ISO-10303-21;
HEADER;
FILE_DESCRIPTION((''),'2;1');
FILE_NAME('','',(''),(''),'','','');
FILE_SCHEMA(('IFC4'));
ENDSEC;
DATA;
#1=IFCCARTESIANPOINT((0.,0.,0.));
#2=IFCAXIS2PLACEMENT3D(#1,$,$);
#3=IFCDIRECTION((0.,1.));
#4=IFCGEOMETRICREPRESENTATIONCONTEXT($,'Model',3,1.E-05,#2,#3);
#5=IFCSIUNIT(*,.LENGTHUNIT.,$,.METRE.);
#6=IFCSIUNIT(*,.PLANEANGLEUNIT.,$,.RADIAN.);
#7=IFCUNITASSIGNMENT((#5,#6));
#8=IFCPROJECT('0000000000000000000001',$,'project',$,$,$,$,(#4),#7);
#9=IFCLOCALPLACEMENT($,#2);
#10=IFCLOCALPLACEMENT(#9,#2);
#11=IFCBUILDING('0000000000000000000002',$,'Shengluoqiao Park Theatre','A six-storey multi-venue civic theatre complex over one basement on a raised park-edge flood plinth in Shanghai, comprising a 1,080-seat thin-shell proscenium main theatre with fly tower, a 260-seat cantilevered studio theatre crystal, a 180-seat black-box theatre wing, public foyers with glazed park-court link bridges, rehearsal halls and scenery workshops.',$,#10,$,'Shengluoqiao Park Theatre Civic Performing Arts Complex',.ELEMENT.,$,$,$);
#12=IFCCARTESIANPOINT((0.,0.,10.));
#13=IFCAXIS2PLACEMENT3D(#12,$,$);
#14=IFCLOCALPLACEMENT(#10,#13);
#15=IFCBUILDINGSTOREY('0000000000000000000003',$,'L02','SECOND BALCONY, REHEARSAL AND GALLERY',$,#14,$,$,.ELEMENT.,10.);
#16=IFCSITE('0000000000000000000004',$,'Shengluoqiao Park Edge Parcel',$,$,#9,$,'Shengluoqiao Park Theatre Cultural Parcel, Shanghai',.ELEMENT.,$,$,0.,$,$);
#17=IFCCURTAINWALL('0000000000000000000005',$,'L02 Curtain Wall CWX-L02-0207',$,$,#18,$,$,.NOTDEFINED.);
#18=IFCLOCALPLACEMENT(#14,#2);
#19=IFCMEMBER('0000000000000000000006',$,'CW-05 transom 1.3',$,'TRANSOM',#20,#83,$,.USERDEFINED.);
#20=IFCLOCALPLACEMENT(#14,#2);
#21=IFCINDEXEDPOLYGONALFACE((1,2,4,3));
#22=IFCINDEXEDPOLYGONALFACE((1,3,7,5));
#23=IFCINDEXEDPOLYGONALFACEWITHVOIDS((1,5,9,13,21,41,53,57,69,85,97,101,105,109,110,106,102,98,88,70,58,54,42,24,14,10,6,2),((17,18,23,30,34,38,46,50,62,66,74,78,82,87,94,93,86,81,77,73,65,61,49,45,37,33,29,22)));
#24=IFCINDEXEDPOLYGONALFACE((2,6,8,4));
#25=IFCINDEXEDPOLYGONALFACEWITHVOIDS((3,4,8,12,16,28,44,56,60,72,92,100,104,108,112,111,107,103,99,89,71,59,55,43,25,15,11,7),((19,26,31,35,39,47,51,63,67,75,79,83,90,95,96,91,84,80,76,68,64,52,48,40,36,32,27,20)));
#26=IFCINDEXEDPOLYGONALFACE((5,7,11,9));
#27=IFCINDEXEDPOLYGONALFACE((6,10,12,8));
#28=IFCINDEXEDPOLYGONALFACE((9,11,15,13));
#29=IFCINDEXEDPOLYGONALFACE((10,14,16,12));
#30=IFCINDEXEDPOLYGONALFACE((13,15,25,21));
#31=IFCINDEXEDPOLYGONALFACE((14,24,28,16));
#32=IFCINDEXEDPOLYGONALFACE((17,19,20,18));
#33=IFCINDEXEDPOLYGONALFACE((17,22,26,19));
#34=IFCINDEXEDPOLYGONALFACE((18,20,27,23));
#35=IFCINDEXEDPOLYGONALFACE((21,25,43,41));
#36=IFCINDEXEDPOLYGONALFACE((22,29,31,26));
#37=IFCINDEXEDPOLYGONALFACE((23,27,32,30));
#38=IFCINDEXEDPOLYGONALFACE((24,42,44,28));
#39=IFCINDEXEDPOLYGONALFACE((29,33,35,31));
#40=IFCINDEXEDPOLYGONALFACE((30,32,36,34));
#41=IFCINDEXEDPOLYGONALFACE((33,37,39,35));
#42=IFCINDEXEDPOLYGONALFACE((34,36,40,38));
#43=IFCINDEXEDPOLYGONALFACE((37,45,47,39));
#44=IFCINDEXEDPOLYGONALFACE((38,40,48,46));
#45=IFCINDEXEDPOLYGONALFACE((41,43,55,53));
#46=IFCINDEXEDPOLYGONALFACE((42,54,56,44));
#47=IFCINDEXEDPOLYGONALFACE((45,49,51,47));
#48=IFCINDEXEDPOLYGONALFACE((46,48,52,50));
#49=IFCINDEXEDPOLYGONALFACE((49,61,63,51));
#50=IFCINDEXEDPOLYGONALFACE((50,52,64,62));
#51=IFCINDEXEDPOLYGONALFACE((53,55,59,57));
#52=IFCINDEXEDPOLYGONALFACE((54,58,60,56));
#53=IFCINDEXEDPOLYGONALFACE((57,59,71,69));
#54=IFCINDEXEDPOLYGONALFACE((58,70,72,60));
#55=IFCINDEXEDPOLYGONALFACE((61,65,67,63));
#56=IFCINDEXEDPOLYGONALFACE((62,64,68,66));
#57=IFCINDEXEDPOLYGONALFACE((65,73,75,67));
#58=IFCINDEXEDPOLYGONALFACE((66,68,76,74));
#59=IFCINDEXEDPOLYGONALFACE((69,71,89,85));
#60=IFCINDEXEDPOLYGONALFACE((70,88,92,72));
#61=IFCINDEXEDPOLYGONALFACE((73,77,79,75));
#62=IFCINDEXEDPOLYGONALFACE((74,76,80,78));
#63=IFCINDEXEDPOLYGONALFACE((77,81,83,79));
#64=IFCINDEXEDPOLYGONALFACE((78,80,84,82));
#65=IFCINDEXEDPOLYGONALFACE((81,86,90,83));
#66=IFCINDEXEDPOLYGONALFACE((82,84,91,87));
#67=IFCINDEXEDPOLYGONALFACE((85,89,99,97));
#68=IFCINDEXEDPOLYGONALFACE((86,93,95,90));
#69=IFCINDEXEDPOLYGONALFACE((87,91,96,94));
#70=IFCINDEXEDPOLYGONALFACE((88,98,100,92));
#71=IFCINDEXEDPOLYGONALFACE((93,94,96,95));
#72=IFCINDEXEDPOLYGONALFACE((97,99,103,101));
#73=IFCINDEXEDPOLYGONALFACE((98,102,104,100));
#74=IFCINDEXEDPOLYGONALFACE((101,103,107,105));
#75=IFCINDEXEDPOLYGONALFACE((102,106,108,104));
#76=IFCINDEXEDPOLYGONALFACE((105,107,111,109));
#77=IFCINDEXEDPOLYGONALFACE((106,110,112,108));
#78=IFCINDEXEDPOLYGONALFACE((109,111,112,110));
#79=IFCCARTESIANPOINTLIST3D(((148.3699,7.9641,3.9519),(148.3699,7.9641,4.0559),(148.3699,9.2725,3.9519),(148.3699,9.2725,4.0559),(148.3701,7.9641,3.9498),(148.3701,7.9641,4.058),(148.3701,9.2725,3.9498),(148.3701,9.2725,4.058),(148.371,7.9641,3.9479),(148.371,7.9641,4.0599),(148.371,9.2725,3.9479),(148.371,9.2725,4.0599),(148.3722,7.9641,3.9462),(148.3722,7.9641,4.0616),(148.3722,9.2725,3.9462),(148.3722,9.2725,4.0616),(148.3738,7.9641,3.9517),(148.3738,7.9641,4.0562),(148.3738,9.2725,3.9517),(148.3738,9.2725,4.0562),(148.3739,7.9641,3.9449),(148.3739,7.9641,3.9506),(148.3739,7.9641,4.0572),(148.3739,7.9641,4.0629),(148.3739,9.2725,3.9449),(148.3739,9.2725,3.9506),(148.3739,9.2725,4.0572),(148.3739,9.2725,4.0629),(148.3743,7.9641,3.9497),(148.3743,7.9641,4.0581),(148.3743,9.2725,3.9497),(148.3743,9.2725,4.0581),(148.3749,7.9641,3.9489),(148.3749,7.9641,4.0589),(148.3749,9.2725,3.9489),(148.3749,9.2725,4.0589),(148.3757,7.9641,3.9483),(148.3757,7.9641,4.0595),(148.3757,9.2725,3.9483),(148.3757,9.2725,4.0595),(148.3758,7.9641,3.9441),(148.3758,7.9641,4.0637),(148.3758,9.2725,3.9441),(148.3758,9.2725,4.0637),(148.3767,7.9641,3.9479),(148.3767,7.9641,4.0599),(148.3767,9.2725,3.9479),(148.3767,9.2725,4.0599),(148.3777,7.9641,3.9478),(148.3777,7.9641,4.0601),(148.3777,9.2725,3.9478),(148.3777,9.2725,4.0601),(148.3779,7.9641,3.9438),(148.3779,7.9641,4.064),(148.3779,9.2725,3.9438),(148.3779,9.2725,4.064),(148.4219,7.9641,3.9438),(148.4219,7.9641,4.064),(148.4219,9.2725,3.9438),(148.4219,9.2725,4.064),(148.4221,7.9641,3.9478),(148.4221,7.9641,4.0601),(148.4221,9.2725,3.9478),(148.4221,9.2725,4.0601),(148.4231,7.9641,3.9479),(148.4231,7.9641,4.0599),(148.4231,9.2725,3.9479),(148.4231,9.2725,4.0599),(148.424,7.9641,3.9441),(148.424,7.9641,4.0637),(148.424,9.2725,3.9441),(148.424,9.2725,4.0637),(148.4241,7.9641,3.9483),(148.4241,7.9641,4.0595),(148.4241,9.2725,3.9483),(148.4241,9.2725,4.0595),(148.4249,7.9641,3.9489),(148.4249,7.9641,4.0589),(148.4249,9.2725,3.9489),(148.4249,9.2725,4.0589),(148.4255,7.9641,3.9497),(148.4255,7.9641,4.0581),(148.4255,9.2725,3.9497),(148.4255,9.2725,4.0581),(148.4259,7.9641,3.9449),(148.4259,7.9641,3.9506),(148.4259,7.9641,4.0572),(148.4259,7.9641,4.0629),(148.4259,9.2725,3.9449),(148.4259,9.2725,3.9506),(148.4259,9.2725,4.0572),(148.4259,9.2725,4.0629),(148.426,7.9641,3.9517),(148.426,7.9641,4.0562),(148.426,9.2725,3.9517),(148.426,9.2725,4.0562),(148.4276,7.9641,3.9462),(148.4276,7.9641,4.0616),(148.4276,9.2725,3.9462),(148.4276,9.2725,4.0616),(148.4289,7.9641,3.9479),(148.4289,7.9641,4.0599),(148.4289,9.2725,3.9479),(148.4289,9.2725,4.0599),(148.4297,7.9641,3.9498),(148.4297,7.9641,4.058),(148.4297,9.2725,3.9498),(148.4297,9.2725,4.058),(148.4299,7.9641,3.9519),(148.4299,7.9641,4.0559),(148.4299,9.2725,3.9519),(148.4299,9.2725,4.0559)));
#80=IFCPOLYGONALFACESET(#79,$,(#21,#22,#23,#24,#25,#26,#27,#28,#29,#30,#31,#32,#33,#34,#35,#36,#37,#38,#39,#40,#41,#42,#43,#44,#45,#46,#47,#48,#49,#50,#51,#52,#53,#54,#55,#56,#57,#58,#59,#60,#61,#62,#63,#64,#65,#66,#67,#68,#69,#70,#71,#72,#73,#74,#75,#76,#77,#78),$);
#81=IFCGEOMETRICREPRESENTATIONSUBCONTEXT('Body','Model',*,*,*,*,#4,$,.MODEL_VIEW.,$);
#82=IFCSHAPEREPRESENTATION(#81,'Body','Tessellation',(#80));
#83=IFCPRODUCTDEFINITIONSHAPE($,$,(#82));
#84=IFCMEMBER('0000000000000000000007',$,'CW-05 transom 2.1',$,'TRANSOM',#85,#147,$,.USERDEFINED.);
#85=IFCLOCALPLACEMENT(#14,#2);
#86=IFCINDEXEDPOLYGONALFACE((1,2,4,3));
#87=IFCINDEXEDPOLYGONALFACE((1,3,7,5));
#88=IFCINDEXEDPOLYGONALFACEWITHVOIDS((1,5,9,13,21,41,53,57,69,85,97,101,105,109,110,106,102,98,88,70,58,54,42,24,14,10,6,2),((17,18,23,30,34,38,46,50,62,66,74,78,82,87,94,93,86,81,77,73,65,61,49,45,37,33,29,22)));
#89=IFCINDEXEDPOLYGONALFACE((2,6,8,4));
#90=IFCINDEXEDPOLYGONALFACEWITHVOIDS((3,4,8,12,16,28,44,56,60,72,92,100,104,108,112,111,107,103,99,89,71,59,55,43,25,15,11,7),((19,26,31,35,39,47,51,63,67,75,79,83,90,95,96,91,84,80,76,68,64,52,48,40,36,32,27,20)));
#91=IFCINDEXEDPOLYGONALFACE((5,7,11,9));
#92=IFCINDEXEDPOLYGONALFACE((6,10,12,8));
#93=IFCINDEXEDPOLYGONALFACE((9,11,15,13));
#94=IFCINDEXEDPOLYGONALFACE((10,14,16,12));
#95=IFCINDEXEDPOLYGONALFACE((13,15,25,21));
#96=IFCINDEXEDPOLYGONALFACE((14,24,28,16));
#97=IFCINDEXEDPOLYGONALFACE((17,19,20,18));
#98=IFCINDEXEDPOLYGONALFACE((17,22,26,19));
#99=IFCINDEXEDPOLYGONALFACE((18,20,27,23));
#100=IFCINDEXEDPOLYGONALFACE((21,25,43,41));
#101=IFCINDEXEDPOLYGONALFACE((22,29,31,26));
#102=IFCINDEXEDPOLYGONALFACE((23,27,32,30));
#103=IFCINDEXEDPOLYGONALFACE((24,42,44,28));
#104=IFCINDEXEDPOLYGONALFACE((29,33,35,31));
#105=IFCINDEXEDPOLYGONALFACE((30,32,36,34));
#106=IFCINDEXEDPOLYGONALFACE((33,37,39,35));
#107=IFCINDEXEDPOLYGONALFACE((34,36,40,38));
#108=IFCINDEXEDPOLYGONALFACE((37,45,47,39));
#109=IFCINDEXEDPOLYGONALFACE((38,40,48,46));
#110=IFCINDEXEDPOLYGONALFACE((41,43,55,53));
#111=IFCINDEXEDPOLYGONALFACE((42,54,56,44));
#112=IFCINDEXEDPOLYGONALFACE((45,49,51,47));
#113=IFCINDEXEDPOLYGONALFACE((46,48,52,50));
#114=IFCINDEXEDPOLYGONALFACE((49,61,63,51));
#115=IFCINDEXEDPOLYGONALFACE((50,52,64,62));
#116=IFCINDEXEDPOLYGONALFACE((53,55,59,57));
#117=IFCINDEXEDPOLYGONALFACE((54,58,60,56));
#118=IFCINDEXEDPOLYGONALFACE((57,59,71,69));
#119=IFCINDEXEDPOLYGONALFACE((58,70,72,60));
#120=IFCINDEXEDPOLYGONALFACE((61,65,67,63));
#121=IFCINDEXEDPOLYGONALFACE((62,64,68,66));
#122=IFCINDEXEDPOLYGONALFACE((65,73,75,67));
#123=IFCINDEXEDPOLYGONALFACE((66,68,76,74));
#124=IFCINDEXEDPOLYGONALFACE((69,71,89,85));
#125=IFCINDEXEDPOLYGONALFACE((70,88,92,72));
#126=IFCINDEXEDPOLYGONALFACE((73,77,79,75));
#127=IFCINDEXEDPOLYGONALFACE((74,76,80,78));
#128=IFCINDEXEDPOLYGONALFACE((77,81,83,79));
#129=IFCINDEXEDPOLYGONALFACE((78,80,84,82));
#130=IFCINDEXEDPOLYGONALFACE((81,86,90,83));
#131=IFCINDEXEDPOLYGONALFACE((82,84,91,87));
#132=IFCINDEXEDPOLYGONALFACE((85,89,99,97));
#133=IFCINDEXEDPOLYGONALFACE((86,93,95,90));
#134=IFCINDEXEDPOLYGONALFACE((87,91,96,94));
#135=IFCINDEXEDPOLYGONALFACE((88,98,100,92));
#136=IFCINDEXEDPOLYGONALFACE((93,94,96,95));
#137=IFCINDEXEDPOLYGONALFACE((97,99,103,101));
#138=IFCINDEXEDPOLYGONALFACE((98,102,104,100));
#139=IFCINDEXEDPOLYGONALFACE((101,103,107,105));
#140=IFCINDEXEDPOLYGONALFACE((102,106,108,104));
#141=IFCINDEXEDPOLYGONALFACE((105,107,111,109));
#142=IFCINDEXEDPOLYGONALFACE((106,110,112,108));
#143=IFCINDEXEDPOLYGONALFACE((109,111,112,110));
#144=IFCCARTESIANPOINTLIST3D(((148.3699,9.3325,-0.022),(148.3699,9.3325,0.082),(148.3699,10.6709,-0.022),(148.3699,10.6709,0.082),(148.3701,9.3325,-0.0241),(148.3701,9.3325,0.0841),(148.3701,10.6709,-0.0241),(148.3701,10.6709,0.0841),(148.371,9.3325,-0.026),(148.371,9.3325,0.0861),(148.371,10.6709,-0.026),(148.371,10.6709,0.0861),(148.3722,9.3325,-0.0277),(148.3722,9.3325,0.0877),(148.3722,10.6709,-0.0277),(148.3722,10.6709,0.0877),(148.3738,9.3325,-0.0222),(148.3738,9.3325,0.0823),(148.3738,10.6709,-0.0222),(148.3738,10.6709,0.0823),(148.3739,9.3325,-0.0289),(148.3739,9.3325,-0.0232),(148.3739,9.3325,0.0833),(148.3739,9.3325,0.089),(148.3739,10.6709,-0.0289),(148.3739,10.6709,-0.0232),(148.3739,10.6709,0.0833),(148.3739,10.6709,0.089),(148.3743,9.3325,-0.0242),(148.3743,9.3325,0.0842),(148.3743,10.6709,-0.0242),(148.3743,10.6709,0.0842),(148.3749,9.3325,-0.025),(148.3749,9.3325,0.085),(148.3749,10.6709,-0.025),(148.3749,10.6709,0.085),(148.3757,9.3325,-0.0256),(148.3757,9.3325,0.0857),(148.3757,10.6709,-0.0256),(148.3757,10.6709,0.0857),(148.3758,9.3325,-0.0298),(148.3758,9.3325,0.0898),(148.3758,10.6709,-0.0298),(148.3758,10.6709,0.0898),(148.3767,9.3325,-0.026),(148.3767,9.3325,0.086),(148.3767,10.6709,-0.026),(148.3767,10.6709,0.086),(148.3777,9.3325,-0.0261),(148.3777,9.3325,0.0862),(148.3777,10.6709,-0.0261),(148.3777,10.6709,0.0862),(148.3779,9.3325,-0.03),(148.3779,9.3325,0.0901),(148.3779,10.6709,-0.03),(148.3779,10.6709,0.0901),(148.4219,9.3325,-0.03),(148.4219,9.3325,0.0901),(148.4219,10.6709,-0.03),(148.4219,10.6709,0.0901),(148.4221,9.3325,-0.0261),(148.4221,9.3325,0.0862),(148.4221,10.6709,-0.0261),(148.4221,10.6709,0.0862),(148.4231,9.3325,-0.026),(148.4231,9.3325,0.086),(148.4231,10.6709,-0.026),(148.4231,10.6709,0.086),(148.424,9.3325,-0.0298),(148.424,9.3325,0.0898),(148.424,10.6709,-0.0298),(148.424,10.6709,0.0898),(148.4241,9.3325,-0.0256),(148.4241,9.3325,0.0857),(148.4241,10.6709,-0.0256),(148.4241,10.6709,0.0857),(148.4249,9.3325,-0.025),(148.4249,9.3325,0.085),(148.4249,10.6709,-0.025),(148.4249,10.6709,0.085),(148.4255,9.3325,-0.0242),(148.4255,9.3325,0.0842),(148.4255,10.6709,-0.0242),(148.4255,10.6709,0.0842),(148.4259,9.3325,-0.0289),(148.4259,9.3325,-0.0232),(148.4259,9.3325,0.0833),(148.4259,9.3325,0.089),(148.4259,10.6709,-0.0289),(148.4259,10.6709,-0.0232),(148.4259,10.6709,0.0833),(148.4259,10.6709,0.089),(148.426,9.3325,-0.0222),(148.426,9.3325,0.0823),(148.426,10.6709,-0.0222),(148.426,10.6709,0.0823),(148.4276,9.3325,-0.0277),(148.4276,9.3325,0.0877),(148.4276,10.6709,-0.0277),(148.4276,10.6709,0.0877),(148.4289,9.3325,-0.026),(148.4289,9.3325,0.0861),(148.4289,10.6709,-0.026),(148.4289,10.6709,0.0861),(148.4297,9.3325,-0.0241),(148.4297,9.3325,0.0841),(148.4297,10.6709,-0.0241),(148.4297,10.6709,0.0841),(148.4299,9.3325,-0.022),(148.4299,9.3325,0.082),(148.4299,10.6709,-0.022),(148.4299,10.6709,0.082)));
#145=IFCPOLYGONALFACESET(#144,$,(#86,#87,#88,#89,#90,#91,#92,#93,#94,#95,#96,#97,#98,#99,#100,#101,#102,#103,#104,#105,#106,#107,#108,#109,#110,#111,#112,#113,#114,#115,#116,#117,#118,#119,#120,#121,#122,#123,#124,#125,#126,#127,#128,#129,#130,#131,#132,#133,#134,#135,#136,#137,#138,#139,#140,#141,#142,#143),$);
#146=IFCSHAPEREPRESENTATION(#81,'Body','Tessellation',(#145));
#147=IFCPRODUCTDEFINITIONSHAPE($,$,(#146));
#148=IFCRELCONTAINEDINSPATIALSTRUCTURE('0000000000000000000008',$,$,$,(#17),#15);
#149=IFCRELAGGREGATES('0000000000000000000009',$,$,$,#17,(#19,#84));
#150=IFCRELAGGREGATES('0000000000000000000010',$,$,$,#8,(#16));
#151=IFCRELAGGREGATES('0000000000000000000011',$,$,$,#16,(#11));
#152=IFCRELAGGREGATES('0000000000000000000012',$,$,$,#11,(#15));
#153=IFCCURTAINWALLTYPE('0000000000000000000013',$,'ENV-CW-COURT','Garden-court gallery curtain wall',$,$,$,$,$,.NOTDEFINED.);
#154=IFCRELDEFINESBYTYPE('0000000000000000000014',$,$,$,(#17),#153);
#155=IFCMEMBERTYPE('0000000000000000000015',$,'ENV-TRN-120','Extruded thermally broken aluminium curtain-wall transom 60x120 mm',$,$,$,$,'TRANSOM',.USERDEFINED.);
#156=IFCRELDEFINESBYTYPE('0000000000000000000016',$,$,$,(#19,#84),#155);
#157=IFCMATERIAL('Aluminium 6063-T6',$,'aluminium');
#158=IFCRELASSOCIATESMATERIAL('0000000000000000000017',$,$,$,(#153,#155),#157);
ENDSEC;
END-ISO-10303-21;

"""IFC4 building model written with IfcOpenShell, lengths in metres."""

from ifc_helpers import new_model, si_unit, direction, frame, origin, origin_2d, place, context, subcontext, project, spatial, hollow_rectangle, extrude, material, material_profile, profile_set, type_object, element, aggregate, save


model = new_model("IFC4")

# Units and contexts
model_context = context("Model", 3, precision=1e-05, world=origin(), true_north=direction((0.0, 1.0)))
body_context = subcontext(model_context, "Body", "Model", "MODEL_VIEW")
ifc_project = project(units=[si_unit("LENGTHUNIT", "METRE"), si_unit("PLANEANGLEUNIT", "RADIAN")], contexts=[model_context])

# Site, building, storey
site_placement = place(None, origin())
site = spatial("IfcSite", under=ifc_project, at=site_placement, Name="Shengluoqiao Park Edge Parcel", LongName="Shengluoqiao Park Theatre Cultural Parcel, Shanghai", CompositionType="ELEMENT", RefElevation=0.0)
building_placement = place(site_placement, origin())
building = spatial("IfcBuilding", under=site, at=building_placement, Name="Shengluoqiao Park Theatre", Description="A six-storey multi-venue civic theatre complex over one basement on a raised park-edge flood plinth in Shanghai, comprising a 1,080-seat thin-shell proscenium main theatre with fly tower, a 260-seat cantilevered studio theatre crystal, a 180-seat black-box theatre wing, public foyers with glazed park-court link bridges, rehearsal halls and scenery workshops.", LongName="Shengluoqiao Park Theatre Civic Performing Arts Complex", CompositionType="ELEMENT")
storey_placement = place(building_placement, frame((0.0, 0.0, 10.0)))
storey = spatial("IfcBuildingStorey", under=building, at=storey_placement, Name="L02", Description="SECOND BALCONY, REHEARSAL AND GALLERY", CompositionType="ELEMENT", Elevation=10.0)

# Curtain wall, members
ifc_material_1 = material(Name="Aluminium 6063-T6", Category="aluminium")
curtain_wall_type = type_object("IfcCurtainWallType", Name="ENV-CW-COURT", Description="Garden-court gallery curtain wall", PredefinedType="NOTDEFINED", material=ifc_material_1)
curtain_wall_placement = place(storey_placement, origin())
curtain_wall = element("IfcCurtainWall", 1, at=curtain_wall_placement, inside=storey, type_object=curtain_wall_type, Name="L02 Curtain Wall CWX-L02-0207", PredefinedType="NOTDEFINED")
ifc_material_profile_1 = material_profile(ifc_material_1, hollow_rectangle(XDim=0.0601, YDim=0.1201, WallThickness=0.0039, InnerFilletRadius=0.0039, OuterFilletRadius=0.0081, at=origin_2d()), Name="ALU TRANSOM 120x60x4")
ifc_profile_set_1 = profile_set([ifc_material_profile_1], Name="Aluminium 6063-T6")
member_type_1 = type_object("IfcMemberType", Name="ENV-TRN-120", Description="Extruded thermally broken aluminium curtain-wall transom 60x120 mm", ElementType="TRANSOM", PredefinedType="USERDEFINED", material=ifc_profile_set_1)
member_1_placement = place(storey_placement, frame((148.3999, 7.9641, 4.0039), z_axis=(0.0, 1.0, 0.0), x_axis=(-1.0, 0.0, 0.0)))
member_1 = element("IfcMember", 2, at=member_1_placement, type_object=member_type_1, Name="CW-05 transom 1.3", ObjectType="TRANSOM", PredefinedType="USERDEFINED", context=body_context, shape_type="SweptSolid", body=[
    extrude(hollow_rectangle(XDim=0.0601, YDim=0.1201, WallThickness=0.0039, InnerFilletRadius=0.0039, OuterFilletRadius=0.0081, at=origin_2d()), origin(), (0.0, 0.0, 1.0), 1.3083),
])
member_2_placement = place(storey_placement, frame((148.3999, 9.3325, 0.03), z_axis=(0.0, 1.0, 0.0), x_axis=(-1.0, 0.0, 0.0)))
member_2 = element("IfcMember", 3, at=member_2_placement, type_object=member_type_1, Name="CW-05 transom 2.1", ObjectType="TRANSOM", PredefinedType="USERDEFINED", context=body_context, shape_type="SweptSolid", body=[
    extrude(hollow_rectangle(XDim=0.0601, YDim=0.1201, WallThickness=0.0039, InnerFilletRadius=0.0039, OuterFilletRadius=0.0081, at=origin_2d()), origin(), (0.0, 0.0, 1.0), 1.3384),
])

aggregate(curtain_wall, [member_1, member_2])

save(model, "model.ifc")
